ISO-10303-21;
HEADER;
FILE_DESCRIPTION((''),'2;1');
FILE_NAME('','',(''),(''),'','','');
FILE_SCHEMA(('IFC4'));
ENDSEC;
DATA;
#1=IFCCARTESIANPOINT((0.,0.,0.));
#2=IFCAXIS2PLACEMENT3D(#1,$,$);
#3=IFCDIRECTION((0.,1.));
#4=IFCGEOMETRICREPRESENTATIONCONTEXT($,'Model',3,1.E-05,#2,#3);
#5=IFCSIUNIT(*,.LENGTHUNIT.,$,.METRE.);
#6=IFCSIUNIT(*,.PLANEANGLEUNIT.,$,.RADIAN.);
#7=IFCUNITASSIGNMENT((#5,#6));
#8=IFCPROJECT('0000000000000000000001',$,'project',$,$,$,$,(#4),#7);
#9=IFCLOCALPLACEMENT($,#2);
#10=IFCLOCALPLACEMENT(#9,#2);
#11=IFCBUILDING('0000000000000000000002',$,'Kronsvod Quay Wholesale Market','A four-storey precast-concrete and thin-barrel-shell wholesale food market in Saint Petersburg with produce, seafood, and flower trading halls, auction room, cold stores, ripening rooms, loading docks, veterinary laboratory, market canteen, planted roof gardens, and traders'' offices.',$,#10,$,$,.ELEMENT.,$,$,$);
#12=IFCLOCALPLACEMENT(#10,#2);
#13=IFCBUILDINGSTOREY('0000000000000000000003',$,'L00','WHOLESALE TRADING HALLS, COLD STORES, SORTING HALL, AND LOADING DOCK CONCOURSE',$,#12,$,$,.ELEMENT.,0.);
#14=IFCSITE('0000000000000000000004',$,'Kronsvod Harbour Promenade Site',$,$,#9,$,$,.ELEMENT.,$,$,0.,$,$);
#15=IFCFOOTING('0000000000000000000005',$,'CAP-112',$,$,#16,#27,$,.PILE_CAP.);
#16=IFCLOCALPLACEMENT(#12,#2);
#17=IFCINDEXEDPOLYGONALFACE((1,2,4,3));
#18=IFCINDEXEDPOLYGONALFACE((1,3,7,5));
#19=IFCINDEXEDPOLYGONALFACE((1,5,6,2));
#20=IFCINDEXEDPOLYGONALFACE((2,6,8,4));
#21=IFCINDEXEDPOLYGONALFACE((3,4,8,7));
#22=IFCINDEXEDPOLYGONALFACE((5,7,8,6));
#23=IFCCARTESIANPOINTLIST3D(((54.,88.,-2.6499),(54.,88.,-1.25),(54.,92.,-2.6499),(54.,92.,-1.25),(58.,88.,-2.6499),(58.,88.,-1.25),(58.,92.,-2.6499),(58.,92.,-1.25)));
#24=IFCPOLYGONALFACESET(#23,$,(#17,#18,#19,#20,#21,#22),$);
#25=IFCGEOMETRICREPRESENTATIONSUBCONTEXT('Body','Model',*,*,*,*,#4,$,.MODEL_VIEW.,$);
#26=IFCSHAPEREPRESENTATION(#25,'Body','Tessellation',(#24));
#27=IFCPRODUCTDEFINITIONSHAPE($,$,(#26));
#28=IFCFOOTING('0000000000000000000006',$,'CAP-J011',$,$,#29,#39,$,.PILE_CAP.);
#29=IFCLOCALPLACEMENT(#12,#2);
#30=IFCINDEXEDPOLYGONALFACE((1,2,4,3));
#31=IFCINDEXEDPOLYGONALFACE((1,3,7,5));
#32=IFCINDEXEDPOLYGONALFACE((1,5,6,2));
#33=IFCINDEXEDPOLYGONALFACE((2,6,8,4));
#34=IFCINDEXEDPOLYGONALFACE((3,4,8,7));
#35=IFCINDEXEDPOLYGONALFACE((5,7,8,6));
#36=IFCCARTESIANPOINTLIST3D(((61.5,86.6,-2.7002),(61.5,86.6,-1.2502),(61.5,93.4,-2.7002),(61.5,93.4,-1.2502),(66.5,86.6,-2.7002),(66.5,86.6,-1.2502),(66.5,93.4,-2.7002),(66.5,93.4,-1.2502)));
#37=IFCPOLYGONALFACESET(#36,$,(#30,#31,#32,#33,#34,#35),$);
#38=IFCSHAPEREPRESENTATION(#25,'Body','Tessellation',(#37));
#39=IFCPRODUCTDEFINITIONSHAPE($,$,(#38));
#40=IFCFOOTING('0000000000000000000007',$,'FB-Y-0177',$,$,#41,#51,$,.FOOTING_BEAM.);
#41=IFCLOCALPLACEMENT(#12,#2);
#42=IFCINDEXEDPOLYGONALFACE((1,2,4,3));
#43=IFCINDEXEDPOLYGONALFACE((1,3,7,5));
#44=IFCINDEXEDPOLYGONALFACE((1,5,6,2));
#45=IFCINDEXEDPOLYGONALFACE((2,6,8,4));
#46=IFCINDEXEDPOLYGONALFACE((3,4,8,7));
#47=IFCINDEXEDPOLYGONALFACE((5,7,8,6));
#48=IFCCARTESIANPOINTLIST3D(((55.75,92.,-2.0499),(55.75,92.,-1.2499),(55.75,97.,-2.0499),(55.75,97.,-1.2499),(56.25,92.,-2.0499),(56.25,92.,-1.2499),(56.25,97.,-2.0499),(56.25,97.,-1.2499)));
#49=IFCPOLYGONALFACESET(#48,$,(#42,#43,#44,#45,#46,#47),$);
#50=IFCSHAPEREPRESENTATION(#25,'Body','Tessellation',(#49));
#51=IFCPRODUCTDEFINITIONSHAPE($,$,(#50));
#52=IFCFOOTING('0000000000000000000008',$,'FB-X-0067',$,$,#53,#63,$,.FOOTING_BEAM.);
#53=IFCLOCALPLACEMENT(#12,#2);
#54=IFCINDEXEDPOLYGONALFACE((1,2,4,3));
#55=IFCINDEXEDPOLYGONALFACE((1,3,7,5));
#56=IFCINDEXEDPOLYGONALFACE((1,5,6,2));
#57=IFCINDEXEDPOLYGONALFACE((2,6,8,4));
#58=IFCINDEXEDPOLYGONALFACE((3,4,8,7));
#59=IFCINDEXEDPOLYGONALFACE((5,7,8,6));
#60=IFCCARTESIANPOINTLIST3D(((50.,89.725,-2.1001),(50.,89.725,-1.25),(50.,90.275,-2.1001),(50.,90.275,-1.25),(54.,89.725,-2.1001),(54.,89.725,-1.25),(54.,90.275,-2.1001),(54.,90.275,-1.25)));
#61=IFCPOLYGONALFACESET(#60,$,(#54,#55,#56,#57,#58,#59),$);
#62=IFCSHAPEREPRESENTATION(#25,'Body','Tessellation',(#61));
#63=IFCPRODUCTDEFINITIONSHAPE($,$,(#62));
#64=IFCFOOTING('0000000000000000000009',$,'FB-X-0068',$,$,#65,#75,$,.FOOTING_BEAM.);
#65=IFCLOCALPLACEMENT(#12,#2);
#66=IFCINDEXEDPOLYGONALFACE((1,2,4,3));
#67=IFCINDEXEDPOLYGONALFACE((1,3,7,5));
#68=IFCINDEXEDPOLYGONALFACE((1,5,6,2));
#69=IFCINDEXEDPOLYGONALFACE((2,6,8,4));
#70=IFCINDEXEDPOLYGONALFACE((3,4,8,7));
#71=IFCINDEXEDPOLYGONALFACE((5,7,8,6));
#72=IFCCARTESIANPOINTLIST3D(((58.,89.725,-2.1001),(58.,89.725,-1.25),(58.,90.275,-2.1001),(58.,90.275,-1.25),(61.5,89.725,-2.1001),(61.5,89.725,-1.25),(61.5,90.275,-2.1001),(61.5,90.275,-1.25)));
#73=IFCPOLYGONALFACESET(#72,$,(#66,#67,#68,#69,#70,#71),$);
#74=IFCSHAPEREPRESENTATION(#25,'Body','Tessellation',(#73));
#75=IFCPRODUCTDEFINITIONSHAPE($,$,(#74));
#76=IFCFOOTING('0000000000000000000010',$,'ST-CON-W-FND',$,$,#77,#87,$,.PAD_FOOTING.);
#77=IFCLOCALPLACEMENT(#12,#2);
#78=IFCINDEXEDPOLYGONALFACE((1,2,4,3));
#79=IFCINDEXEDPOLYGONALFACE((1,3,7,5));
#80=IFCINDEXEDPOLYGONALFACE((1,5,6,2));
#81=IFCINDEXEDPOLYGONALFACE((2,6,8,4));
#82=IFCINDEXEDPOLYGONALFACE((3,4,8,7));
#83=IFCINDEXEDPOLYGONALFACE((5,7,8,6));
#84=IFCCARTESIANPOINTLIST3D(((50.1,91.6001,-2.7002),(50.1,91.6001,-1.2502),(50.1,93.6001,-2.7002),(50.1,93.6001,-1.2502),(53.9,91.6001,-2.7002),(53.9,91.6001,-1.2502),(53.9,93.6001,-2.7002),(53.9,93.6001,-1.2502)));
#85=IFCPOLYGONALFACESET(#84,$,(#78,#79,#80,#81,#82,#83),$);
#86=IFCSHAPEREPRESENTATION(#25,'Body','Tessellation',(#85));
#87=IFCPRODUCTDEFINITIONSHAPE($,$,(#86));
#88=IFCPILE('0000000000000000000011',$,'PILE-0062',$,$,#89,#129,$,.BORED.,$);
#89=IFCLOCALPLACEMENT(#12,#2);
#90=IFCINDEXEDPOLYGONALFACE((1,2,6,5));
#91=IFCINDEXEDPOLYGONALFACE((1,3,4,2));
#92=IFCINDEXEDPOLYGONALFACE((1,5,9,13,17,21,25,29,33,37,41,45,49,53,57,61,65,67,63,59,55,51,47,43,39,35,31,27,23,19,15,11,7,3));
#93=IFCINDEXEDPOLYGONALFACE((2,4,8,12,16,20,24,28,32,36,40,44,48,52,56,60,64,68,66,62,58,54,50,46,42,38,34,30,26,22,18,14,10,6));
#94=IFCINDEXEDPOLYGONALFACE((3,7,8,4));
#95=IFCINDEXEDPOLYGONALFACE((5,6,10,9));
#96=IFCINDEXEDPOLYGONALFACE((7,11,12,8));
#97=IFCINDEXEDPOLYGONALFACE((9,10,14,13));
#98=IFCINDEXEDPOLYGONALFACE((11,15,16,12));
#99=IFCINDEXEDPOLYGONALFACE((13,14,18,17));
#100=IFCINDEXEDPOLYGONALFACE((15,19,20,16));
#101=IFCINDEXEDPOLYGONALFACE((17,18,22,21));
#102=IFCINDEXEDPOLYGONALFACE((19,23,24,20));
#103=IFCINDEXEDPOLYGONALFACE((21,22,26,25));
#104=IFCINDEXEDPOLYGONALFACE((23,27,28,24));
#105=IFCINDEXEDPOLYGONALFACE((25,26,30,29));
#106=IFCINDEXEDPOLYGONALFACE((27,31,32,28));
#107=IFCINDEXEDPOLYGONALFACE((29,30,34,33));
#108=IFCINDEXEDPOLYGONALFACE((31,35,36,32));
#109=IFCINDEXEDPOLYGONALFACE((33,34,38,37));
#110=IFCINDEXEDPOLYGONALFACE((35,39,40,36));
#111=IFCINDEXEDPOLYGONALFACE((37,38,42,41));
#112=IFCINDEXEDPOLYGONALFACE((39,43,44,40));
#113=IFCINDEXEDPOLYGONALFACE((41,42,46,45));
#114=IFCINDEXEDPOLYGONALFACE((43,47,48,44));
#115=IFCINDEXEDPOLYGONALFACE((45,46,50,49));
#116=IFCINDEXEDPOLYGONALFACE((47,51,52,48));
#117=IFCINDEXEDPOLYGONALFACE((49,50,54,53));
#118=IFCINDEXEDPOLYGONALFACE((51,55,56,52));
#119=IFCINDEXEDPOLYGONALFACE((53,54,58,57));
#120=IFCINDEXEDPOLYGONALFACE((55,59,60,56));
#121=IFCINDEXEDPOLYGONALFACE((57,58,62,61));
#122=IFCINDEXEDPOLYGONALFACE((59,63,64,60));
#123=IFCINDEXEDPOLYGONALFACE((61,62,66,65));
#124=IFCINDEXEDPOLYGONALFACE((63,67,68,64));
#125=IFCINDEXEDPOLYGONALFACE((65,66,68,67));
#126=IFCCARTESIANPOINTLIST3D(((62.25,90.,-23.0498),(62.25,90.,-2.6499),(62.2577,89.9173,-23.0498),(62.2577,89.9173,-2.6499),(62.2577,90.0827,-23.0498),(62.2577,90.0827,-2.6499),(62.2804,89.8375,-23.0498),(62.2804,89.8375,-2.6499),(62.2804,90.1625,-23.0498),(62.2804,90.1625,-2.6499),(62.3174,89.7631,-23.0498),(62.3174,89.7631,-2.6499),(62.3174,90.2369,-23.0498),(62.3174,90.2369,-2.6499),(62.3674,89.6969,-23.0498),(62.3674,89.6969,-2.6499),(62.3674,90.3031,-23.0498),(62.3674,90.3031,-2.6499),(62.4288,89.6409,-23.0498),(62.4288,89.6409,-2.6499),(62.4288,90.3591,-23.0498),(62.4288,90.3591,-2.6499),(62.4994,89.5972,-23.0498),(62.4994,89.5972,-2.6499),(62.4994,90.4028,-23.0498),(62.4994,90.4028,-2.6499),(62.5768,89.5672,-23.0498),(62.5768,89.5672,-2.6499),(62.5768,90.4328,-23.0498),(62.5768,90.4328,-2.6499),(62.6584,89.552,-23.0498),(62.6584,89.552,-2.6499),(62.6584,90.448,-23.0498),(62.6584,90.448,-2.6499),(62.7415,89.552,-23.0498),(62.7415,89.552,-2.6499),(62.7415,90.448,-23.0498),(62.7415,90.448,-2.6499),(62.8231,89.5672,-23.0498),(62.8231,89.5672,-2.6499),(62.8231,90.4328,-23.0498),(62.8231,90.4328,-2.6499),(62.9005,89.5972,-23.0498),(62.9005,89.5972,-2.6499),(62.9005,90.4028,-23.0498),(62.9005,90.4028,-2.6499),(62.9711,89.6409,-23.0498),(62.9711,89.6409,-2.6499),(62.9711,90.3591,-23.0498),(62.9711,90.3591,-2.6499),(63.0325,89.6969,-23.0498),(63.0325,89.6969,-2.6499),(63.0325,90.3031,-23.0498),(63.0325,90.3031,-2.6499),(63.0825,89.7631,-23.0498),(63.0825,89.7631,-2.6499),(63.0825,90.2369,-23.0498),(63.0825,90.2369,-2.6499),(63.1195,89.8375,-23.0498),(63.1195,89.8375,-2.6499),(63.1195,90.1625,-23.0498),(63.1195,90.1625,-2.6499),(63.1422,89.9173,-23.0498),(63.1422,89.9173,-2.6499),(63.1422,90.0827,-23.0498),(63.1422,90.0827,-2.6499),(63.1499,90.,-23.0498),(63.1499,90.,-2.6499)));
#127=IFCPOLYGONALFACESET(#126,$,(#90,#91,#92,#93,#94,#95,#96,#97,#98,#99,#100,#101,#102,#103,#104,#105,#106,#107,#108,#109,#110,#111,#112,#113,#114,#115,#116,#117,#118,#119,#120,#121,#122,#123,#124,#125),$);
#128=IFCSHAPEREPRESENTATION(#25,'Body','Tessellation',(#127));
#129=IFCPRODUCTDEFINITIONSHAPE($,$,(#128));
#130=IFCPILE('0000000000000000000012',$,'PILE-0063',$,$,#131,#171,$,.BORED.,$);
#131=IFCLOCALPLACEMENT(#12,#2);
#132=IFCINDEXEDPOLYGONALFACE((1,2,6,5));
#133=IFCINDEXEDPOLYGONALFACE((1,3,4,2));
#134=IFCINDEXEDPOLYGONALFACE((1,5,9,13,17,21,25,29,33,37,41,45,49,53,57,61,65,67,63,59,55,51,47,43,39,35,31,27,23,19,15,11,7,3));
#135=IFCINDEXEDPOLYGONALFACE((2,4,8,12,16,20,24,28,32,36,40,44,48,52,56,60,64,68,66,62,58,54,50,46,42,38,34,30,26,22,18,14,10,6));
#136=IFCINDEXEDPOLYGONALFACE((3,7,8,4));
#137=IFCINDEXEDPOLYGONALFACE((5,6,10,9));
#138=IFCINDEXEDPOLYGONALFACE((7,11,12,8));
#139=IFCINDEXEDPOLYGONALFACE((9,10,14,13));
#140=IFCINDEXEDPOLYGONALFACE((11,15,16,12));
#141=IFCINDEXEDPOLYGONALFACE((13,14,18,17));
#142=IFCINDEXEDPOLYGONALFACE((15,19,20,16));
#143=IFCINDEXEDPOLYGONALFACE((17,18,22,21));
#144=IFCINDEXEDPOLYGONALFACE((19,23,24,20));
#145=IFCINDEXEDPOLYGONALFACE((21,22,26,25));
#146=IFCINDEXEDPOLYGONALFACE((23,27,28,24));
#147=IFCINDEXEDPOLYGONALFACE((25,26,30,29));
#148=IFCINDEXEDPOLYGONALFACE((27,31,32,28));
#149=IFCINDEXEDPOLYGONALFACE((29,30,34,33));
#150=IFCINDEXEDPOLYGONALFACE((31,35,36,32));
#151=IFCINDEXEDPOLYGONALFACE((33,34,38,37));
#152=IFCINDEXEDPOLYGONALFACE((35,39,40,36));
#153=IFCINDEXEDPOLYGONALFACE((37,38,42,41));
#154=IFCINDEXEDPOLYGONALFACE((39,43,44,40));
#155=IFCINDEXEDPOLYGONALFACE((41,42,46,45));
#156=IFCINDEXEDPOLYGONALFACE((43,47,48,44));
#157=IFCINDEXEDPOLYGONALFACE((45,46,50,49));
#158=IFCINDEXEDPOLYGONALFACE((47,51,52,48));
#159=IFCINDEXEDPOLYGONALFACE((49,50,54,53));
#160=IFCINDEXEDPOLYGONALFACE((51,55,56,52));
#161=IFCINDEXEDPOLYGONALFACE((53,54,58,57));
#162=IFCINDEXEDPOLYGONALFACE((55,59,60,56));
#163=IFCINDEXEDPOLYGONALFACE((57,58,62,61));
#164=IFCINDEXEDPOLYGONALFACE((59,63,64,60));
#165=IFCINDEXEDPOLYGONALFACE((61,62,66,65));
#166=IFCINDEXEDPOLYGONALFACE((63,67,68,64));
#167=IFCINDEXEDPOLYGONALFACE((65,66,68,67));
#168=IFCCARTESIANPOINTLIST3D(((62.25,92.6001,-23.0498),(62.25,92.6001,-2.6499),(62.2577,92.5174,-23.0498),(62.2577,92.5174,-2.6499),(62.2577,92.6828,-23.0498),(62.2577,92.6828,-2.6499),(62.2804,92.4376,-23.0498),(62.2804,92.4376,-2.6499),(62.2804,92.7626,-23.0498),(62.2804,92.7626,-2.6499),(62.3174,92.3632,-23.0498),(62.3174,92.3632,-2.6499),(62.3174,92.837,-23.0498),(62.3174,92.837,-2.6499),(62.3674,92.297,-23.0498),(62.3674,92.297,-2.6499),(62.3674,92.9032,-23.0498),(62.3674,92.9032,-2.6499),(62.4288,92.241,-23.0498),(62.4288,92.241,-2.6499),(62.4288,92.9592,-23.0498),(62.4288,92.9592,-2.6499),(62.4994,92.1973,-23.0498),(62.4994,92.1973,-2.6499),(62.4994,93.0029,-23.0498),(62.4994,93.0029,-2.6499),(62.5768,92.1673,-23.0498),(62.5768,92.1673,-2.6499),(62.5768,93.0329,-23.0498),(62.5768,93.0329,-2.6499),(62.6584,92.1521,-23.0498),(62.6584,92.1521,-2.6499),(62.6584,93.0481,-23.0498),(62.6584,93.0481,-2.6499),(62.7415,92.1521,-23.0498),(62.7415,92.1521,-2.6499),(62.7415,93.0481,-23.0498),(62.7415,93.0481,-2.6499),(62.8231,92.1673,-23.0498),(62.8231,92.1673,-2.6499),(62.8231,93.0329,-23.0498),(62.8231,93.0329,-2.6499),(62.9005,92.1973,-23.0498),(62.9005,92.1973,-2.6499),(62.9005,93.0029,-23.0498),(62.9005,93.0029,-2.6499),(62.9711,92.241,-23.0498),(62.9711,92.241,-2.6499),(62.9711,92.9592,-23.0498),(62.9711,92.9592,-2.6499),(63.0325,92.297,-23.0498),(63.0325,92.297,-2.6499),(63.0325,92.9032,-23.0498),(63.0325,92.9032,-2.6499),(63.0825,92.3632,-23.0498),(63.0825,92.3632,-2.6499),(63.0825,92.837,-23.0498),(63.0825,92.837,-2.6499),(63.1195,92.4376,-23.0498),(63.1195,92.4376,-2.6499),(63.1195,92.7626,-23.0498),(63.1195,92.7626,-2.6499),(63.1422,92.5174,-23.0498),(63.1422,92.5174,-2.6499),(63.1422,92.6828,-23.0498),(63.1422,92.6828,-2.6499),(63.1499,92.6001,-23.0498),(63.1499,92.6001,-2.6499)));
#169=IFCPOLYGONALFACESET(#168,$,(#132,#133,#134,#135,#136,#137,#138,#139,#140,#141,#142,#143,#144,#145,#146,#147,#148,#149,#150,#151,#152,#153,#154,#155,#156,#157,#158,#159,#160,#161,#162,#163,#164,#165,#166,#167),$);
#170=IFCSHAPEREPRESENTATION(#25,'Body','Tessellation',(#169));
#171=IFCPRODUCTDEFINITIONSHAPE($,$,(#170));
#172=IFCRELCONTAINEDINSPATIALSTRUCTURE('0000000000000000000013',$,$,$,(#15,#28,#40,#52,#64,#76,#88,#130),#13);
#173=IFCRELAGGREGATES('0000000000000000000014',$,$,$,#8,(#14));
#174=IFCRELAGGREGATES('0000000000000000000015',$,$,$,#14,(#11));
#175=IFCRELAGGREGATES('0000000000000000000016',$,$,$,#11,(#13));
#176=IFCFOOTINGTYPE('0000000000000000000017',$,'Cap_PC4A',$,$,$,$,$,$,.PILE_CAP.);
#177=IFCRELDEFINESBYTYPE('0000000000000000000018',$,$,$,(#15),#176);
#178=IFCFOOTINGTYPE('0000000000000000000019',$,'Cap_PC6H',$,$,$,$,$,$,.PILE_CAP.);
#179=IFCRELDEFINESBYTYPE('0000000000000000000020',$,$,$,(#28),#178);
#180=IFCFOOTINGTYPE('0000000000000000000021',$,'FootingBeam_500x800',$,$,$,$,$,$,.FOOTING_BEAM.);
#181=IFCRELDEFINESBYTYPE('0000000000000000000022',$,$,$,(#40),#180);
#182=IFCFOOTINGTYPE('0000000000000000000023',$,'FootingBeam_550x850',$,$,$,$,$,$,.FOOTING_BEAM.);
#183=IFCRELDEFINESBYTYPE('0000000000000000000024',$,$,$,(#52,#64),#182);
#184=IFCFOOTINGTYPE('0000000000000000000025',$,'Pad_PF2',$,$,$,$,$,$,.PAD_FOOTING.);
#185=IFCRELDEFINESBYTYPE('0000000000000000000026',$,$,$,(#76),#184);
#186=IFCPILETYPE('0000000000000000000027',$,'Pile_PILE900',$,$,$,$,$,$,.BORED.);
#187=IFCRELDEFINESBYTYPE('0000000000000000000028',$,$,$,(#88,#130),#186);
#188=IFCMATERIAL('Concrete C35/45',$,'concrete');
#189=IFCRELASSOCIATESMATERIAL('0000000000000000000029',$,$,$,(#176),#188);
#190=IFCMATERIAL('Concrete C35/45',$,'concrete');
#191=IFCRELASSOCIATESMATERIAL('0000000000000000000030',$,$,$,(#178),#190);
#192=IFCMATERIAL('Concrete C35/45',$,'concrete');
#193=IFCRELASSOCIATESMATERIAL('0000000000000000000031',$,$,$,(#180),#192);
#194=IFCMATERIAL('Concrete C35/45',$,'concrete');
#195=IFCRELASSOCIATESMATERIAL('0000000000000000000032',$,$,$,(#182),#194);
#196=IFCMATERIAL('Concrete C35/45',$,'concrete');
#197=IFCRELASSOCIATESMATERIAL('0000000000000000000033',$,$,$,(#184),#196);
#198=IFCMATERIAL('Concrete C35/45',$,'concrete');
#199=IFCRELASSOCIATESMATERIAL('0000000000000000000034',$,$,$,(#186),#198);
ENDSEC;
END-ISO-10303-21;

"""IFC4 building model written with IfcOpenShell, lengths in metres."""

from ifc_helpers import new_model, si_unit, direction, frame, origin, origin_2d, place, context, subcontext, project, spatial, rectangle, circle, extrude, material, material_profile, profile_set, type_object, element, save


model = new_model("IFC4")

# Units and contexts
model_context = context("Model", 3, precision=1e-05, world=origin(), true_north=direction((0.0, 1.0)))
body_context = subcontext(model_context, "Body", "Model", "MODEL_VIEW")
ifc_project = project(units=[si_unit("LENGTHUNIT", "METRE"), si_unit("PLANEANGLEUNIT", "RADIAN")], contexts=[model_context])

# Site, building, storey
site_placement = place(None, origin())
site = spatial("IfcSite", under=ifc_project, at=site_placement, Name="Kronsvod Harbour Promenade Site", CompositionType="ELEMENT", RefElevation=0.0)
building_placement = place(site_placement, origin())
building = spatial("IfcBuilding", under=site, at=building_placement, Name="Kronsvod Quay Wholesale Market", Description="A four-storey precast-concrete and thin-barrel-shell wholesale food market in Saint Petersburg with produce, seafood, and flower trading halls, auction room, cold stores, ripening rooms, loading docks, veterinary laboratory, market canteen, planted roof gardens, and traders' offices.", CompositionType="ELEMENT")
storey_placement = place(building_placement, origin())
storey = spatial("IfcBuildingStorey", under=building, at=storey_placement, Name="L00", Description="WHOLESALE TRADING HALLS, COLD STORES, SORTING HALL, AND LOADING DOCK CONCOURSE", CompositionType="ELEMENT", Elevation=0.0)

# Footings
ifc_material_1 = material(Name="Concrete C35/45", Category="concrete")
footing_type_1 = type_object("IfcFootingType", Name="Cap_PC4A", PredefinedType="PILE_CAP", material=ifc_material_1)
footing_1_placement = place(storey_placement, frame((56.0, 90.0, -2.6499), z_axis=(0.0, 0.0, 1.0), x_axis=(1.0, 0.0, 0.0)))
element("IfcFooting", 1, at=footing_1_placement, inside=storey, type_object=footing_type_1, Name="CAP-112", PredefinedType="PILE_CAP", context=body_context, shape_type="SweptSolid", body=[
    extrude(rectangle(XDim=4.0, YDim=4.0, at=origin_2d()), origin(), (0.0, 0.0, 1.0), 1.3999),
])
ifc_material_2 = material(Name="Concrete C35/45", Category="concrete")
footing_type_2 = type_object("IfcFootingType", Name="Cap_PC6H", PredefinedType="PILE_CAP", material=ifc_material_2)
footing_2_placement = place(storey_placement, frame((64.0, 90.0, -2.7002), z_axis=(0.0, 0.0, 1.0), x_axis=(1.0, 0.0, 0.0)))
element("IfcFooting", 2, at=footing_2_placement, inside=storey, type_object=footing_type_2, Name="CAP-J011", PredefinedType="PILE_CAP", context=body_context, shape_type="SweptSolid", body=[
    extrude(rectangle(XDim=5.0, YDim=6.8, at=origin_2d()), origin(), (0.0, 0.0, 1.0), 1.45),
])
ifc_material_3 = material(Name="Concrete C35/45", Category="concrete")
ifc_material_profile_1 = material_profile(ifc_material_3, rectangle(XDim=0.5, YDim=0.8, at=origin_2d()), Name="FB-01")
ifc_profile_set_1 = profile_set([ifc_material_profile_1], Name="Concrete C35/45")
footing_type_3 = type_object("IfcFootingType", Name="FootingBeam_500x800", PredefinedType="FOOTING_BEAM", material=ifc_profile_set_1)
footing_3_placement = place(storey_placement, frame((56.0, 92.0, -1.6499), z_axis=(0.0, 1.0, 0.0), x_axis=(-1.0, 0.0, 0.0)))
element("IfcFooting", 3, at=footing_3_placement, inside=storey, type_object=footing_type_3, Name="FB-Y-0177", PredefinedType="FOOTING_BEAM", context=body_context, shape_type="SweptSolid", body=[
    extrude(rectangle(XDim=0.5, YDim=0.8, at=origin_2d()), origin(), (0.0, 0.0, 1.0), 5.0),
])
ifc_material_4 = material(Name="Concrete C35/45", Category="concrete")
ifc_material_profile_2 = material_profile(ifc_material_4, rectangle(XDim=0.55, YDim=0.8501, at=origin_2d()), Name="FB-03")
ifc_profile_set_2 = profile_set([ifc_material_profile_2], Name="Concrete C35/45")
footing_type_4 = type_object("IfcFootingType", Name="FootingBeam_550x850", PredefinedType="FOOTING_BEAM", material=ifc_profile_set_2)
footing_4_placement = place(storey_placement, frame((50.0, 90.0, -1.675), z_axis=(1.0, 0.0, 0.0), x_axis=(0.0, 1.0, 0.0)))
element("IfcFooting", 4, at=footing_4_placement, inside=storey, type_object=footing_type_4, Name="FB-X-0067", PredefinedType="FOOTING_BEAM", context=body_context, shape_type="SweptSolid", body=[
    extrude(rectangle(XDim=0.55, YDim=0.8501, at=origin_2d()), origin(), (0.0, 0.0, 1.0), 4.0),
])
footing_5_placement = place(storey_placement, frame((58.0, 90.0, -1.675), z_axis=(1.0, 0.0, 0.0), x_axis=(0.0, 1.0, 0.0)))
element("IfcFooting", 5, at=footing_5_placement, inside=storey, type_object=footing_type_4, Name="FB-X-0068", PredefinedType="FOOTING_BEAM", context=body_context, shape_type="SweptSolid", body=[
    extrude(rectangle(XDim=0.55, YDim=0.8501, at=origin_2d()), origin(), (0.0, 0.0, 1.0), 3.5),
])
ifc_material_5 = material(Name="Concrete C35/45", Category="concrete")
footing_type_5 = type_object("IfcFootingType", Name="Pad_PF2", PredefinedType="PAD_FOOTING", material=ifc_material_5)
footing_6_placement = place(storey_placement, frame((52.0, 92.6001, -2.7002), z_axis=(0.0, 0.0, 1.0), x_axis=(1.0, 0.0, 0.0)))
element("IfcFooting", 6, at=footing_6_placement, inside=storey, type_object=footing_type_5, Name="ST-CON-W-FND", PredefinedType="PAD_FOOTING", context=body_context, shape_type="SweptSolid", body=[
    extrude(rectangle(XDim=3.8, YDim=2.0, at=origin_2d()), origin(), (0.0, 0.0, 1.0), 1.45),
])

# Piles
ifc_material_6 = material(Name="Concrete C35/45", Category="concrete")
ifc_material_profile_3 = material_profile(ifc_material_6, circle(Radius=0.45, at=origin_2d()), Name="PILE900")
ifc_profile_set_3 = profile_set([ifc_material_profile_3], Name="Concrete C35/45")
pile_type = type_object("IfcPileType", Name="Pile_PILE900", PredefinedType="BORED", material=ifc_profile_set_3)
for number, where, z_axis, x_axis, name in (
    (7, (62.7, 90.0, -2.6499), (0.0, 0.0, -1.0), (1.0, 0.0, 0.0), "PILE-0062"),
    (8, (62.7, 92.6001, -2.6499), (0.0, 0.0, -1.0), (1.0, 0.0, 0.0), "PILE-0063"),
):
    element("IfcPile", number, at=place(storey_placement, frame(where, z_axis=z_axis, x_axis=x_axis)), inside=storey, type_object=pile_type, Name=name, PredefinedType="BORED", context=body_context, shape_type="SweptSolid", body=[
        extrude(circle(Radius=0.45, at=origin_2d()), origin(), (0.0, 0.0, 1.0), 20.3999),
    ])

save(model, "model.ifc")
